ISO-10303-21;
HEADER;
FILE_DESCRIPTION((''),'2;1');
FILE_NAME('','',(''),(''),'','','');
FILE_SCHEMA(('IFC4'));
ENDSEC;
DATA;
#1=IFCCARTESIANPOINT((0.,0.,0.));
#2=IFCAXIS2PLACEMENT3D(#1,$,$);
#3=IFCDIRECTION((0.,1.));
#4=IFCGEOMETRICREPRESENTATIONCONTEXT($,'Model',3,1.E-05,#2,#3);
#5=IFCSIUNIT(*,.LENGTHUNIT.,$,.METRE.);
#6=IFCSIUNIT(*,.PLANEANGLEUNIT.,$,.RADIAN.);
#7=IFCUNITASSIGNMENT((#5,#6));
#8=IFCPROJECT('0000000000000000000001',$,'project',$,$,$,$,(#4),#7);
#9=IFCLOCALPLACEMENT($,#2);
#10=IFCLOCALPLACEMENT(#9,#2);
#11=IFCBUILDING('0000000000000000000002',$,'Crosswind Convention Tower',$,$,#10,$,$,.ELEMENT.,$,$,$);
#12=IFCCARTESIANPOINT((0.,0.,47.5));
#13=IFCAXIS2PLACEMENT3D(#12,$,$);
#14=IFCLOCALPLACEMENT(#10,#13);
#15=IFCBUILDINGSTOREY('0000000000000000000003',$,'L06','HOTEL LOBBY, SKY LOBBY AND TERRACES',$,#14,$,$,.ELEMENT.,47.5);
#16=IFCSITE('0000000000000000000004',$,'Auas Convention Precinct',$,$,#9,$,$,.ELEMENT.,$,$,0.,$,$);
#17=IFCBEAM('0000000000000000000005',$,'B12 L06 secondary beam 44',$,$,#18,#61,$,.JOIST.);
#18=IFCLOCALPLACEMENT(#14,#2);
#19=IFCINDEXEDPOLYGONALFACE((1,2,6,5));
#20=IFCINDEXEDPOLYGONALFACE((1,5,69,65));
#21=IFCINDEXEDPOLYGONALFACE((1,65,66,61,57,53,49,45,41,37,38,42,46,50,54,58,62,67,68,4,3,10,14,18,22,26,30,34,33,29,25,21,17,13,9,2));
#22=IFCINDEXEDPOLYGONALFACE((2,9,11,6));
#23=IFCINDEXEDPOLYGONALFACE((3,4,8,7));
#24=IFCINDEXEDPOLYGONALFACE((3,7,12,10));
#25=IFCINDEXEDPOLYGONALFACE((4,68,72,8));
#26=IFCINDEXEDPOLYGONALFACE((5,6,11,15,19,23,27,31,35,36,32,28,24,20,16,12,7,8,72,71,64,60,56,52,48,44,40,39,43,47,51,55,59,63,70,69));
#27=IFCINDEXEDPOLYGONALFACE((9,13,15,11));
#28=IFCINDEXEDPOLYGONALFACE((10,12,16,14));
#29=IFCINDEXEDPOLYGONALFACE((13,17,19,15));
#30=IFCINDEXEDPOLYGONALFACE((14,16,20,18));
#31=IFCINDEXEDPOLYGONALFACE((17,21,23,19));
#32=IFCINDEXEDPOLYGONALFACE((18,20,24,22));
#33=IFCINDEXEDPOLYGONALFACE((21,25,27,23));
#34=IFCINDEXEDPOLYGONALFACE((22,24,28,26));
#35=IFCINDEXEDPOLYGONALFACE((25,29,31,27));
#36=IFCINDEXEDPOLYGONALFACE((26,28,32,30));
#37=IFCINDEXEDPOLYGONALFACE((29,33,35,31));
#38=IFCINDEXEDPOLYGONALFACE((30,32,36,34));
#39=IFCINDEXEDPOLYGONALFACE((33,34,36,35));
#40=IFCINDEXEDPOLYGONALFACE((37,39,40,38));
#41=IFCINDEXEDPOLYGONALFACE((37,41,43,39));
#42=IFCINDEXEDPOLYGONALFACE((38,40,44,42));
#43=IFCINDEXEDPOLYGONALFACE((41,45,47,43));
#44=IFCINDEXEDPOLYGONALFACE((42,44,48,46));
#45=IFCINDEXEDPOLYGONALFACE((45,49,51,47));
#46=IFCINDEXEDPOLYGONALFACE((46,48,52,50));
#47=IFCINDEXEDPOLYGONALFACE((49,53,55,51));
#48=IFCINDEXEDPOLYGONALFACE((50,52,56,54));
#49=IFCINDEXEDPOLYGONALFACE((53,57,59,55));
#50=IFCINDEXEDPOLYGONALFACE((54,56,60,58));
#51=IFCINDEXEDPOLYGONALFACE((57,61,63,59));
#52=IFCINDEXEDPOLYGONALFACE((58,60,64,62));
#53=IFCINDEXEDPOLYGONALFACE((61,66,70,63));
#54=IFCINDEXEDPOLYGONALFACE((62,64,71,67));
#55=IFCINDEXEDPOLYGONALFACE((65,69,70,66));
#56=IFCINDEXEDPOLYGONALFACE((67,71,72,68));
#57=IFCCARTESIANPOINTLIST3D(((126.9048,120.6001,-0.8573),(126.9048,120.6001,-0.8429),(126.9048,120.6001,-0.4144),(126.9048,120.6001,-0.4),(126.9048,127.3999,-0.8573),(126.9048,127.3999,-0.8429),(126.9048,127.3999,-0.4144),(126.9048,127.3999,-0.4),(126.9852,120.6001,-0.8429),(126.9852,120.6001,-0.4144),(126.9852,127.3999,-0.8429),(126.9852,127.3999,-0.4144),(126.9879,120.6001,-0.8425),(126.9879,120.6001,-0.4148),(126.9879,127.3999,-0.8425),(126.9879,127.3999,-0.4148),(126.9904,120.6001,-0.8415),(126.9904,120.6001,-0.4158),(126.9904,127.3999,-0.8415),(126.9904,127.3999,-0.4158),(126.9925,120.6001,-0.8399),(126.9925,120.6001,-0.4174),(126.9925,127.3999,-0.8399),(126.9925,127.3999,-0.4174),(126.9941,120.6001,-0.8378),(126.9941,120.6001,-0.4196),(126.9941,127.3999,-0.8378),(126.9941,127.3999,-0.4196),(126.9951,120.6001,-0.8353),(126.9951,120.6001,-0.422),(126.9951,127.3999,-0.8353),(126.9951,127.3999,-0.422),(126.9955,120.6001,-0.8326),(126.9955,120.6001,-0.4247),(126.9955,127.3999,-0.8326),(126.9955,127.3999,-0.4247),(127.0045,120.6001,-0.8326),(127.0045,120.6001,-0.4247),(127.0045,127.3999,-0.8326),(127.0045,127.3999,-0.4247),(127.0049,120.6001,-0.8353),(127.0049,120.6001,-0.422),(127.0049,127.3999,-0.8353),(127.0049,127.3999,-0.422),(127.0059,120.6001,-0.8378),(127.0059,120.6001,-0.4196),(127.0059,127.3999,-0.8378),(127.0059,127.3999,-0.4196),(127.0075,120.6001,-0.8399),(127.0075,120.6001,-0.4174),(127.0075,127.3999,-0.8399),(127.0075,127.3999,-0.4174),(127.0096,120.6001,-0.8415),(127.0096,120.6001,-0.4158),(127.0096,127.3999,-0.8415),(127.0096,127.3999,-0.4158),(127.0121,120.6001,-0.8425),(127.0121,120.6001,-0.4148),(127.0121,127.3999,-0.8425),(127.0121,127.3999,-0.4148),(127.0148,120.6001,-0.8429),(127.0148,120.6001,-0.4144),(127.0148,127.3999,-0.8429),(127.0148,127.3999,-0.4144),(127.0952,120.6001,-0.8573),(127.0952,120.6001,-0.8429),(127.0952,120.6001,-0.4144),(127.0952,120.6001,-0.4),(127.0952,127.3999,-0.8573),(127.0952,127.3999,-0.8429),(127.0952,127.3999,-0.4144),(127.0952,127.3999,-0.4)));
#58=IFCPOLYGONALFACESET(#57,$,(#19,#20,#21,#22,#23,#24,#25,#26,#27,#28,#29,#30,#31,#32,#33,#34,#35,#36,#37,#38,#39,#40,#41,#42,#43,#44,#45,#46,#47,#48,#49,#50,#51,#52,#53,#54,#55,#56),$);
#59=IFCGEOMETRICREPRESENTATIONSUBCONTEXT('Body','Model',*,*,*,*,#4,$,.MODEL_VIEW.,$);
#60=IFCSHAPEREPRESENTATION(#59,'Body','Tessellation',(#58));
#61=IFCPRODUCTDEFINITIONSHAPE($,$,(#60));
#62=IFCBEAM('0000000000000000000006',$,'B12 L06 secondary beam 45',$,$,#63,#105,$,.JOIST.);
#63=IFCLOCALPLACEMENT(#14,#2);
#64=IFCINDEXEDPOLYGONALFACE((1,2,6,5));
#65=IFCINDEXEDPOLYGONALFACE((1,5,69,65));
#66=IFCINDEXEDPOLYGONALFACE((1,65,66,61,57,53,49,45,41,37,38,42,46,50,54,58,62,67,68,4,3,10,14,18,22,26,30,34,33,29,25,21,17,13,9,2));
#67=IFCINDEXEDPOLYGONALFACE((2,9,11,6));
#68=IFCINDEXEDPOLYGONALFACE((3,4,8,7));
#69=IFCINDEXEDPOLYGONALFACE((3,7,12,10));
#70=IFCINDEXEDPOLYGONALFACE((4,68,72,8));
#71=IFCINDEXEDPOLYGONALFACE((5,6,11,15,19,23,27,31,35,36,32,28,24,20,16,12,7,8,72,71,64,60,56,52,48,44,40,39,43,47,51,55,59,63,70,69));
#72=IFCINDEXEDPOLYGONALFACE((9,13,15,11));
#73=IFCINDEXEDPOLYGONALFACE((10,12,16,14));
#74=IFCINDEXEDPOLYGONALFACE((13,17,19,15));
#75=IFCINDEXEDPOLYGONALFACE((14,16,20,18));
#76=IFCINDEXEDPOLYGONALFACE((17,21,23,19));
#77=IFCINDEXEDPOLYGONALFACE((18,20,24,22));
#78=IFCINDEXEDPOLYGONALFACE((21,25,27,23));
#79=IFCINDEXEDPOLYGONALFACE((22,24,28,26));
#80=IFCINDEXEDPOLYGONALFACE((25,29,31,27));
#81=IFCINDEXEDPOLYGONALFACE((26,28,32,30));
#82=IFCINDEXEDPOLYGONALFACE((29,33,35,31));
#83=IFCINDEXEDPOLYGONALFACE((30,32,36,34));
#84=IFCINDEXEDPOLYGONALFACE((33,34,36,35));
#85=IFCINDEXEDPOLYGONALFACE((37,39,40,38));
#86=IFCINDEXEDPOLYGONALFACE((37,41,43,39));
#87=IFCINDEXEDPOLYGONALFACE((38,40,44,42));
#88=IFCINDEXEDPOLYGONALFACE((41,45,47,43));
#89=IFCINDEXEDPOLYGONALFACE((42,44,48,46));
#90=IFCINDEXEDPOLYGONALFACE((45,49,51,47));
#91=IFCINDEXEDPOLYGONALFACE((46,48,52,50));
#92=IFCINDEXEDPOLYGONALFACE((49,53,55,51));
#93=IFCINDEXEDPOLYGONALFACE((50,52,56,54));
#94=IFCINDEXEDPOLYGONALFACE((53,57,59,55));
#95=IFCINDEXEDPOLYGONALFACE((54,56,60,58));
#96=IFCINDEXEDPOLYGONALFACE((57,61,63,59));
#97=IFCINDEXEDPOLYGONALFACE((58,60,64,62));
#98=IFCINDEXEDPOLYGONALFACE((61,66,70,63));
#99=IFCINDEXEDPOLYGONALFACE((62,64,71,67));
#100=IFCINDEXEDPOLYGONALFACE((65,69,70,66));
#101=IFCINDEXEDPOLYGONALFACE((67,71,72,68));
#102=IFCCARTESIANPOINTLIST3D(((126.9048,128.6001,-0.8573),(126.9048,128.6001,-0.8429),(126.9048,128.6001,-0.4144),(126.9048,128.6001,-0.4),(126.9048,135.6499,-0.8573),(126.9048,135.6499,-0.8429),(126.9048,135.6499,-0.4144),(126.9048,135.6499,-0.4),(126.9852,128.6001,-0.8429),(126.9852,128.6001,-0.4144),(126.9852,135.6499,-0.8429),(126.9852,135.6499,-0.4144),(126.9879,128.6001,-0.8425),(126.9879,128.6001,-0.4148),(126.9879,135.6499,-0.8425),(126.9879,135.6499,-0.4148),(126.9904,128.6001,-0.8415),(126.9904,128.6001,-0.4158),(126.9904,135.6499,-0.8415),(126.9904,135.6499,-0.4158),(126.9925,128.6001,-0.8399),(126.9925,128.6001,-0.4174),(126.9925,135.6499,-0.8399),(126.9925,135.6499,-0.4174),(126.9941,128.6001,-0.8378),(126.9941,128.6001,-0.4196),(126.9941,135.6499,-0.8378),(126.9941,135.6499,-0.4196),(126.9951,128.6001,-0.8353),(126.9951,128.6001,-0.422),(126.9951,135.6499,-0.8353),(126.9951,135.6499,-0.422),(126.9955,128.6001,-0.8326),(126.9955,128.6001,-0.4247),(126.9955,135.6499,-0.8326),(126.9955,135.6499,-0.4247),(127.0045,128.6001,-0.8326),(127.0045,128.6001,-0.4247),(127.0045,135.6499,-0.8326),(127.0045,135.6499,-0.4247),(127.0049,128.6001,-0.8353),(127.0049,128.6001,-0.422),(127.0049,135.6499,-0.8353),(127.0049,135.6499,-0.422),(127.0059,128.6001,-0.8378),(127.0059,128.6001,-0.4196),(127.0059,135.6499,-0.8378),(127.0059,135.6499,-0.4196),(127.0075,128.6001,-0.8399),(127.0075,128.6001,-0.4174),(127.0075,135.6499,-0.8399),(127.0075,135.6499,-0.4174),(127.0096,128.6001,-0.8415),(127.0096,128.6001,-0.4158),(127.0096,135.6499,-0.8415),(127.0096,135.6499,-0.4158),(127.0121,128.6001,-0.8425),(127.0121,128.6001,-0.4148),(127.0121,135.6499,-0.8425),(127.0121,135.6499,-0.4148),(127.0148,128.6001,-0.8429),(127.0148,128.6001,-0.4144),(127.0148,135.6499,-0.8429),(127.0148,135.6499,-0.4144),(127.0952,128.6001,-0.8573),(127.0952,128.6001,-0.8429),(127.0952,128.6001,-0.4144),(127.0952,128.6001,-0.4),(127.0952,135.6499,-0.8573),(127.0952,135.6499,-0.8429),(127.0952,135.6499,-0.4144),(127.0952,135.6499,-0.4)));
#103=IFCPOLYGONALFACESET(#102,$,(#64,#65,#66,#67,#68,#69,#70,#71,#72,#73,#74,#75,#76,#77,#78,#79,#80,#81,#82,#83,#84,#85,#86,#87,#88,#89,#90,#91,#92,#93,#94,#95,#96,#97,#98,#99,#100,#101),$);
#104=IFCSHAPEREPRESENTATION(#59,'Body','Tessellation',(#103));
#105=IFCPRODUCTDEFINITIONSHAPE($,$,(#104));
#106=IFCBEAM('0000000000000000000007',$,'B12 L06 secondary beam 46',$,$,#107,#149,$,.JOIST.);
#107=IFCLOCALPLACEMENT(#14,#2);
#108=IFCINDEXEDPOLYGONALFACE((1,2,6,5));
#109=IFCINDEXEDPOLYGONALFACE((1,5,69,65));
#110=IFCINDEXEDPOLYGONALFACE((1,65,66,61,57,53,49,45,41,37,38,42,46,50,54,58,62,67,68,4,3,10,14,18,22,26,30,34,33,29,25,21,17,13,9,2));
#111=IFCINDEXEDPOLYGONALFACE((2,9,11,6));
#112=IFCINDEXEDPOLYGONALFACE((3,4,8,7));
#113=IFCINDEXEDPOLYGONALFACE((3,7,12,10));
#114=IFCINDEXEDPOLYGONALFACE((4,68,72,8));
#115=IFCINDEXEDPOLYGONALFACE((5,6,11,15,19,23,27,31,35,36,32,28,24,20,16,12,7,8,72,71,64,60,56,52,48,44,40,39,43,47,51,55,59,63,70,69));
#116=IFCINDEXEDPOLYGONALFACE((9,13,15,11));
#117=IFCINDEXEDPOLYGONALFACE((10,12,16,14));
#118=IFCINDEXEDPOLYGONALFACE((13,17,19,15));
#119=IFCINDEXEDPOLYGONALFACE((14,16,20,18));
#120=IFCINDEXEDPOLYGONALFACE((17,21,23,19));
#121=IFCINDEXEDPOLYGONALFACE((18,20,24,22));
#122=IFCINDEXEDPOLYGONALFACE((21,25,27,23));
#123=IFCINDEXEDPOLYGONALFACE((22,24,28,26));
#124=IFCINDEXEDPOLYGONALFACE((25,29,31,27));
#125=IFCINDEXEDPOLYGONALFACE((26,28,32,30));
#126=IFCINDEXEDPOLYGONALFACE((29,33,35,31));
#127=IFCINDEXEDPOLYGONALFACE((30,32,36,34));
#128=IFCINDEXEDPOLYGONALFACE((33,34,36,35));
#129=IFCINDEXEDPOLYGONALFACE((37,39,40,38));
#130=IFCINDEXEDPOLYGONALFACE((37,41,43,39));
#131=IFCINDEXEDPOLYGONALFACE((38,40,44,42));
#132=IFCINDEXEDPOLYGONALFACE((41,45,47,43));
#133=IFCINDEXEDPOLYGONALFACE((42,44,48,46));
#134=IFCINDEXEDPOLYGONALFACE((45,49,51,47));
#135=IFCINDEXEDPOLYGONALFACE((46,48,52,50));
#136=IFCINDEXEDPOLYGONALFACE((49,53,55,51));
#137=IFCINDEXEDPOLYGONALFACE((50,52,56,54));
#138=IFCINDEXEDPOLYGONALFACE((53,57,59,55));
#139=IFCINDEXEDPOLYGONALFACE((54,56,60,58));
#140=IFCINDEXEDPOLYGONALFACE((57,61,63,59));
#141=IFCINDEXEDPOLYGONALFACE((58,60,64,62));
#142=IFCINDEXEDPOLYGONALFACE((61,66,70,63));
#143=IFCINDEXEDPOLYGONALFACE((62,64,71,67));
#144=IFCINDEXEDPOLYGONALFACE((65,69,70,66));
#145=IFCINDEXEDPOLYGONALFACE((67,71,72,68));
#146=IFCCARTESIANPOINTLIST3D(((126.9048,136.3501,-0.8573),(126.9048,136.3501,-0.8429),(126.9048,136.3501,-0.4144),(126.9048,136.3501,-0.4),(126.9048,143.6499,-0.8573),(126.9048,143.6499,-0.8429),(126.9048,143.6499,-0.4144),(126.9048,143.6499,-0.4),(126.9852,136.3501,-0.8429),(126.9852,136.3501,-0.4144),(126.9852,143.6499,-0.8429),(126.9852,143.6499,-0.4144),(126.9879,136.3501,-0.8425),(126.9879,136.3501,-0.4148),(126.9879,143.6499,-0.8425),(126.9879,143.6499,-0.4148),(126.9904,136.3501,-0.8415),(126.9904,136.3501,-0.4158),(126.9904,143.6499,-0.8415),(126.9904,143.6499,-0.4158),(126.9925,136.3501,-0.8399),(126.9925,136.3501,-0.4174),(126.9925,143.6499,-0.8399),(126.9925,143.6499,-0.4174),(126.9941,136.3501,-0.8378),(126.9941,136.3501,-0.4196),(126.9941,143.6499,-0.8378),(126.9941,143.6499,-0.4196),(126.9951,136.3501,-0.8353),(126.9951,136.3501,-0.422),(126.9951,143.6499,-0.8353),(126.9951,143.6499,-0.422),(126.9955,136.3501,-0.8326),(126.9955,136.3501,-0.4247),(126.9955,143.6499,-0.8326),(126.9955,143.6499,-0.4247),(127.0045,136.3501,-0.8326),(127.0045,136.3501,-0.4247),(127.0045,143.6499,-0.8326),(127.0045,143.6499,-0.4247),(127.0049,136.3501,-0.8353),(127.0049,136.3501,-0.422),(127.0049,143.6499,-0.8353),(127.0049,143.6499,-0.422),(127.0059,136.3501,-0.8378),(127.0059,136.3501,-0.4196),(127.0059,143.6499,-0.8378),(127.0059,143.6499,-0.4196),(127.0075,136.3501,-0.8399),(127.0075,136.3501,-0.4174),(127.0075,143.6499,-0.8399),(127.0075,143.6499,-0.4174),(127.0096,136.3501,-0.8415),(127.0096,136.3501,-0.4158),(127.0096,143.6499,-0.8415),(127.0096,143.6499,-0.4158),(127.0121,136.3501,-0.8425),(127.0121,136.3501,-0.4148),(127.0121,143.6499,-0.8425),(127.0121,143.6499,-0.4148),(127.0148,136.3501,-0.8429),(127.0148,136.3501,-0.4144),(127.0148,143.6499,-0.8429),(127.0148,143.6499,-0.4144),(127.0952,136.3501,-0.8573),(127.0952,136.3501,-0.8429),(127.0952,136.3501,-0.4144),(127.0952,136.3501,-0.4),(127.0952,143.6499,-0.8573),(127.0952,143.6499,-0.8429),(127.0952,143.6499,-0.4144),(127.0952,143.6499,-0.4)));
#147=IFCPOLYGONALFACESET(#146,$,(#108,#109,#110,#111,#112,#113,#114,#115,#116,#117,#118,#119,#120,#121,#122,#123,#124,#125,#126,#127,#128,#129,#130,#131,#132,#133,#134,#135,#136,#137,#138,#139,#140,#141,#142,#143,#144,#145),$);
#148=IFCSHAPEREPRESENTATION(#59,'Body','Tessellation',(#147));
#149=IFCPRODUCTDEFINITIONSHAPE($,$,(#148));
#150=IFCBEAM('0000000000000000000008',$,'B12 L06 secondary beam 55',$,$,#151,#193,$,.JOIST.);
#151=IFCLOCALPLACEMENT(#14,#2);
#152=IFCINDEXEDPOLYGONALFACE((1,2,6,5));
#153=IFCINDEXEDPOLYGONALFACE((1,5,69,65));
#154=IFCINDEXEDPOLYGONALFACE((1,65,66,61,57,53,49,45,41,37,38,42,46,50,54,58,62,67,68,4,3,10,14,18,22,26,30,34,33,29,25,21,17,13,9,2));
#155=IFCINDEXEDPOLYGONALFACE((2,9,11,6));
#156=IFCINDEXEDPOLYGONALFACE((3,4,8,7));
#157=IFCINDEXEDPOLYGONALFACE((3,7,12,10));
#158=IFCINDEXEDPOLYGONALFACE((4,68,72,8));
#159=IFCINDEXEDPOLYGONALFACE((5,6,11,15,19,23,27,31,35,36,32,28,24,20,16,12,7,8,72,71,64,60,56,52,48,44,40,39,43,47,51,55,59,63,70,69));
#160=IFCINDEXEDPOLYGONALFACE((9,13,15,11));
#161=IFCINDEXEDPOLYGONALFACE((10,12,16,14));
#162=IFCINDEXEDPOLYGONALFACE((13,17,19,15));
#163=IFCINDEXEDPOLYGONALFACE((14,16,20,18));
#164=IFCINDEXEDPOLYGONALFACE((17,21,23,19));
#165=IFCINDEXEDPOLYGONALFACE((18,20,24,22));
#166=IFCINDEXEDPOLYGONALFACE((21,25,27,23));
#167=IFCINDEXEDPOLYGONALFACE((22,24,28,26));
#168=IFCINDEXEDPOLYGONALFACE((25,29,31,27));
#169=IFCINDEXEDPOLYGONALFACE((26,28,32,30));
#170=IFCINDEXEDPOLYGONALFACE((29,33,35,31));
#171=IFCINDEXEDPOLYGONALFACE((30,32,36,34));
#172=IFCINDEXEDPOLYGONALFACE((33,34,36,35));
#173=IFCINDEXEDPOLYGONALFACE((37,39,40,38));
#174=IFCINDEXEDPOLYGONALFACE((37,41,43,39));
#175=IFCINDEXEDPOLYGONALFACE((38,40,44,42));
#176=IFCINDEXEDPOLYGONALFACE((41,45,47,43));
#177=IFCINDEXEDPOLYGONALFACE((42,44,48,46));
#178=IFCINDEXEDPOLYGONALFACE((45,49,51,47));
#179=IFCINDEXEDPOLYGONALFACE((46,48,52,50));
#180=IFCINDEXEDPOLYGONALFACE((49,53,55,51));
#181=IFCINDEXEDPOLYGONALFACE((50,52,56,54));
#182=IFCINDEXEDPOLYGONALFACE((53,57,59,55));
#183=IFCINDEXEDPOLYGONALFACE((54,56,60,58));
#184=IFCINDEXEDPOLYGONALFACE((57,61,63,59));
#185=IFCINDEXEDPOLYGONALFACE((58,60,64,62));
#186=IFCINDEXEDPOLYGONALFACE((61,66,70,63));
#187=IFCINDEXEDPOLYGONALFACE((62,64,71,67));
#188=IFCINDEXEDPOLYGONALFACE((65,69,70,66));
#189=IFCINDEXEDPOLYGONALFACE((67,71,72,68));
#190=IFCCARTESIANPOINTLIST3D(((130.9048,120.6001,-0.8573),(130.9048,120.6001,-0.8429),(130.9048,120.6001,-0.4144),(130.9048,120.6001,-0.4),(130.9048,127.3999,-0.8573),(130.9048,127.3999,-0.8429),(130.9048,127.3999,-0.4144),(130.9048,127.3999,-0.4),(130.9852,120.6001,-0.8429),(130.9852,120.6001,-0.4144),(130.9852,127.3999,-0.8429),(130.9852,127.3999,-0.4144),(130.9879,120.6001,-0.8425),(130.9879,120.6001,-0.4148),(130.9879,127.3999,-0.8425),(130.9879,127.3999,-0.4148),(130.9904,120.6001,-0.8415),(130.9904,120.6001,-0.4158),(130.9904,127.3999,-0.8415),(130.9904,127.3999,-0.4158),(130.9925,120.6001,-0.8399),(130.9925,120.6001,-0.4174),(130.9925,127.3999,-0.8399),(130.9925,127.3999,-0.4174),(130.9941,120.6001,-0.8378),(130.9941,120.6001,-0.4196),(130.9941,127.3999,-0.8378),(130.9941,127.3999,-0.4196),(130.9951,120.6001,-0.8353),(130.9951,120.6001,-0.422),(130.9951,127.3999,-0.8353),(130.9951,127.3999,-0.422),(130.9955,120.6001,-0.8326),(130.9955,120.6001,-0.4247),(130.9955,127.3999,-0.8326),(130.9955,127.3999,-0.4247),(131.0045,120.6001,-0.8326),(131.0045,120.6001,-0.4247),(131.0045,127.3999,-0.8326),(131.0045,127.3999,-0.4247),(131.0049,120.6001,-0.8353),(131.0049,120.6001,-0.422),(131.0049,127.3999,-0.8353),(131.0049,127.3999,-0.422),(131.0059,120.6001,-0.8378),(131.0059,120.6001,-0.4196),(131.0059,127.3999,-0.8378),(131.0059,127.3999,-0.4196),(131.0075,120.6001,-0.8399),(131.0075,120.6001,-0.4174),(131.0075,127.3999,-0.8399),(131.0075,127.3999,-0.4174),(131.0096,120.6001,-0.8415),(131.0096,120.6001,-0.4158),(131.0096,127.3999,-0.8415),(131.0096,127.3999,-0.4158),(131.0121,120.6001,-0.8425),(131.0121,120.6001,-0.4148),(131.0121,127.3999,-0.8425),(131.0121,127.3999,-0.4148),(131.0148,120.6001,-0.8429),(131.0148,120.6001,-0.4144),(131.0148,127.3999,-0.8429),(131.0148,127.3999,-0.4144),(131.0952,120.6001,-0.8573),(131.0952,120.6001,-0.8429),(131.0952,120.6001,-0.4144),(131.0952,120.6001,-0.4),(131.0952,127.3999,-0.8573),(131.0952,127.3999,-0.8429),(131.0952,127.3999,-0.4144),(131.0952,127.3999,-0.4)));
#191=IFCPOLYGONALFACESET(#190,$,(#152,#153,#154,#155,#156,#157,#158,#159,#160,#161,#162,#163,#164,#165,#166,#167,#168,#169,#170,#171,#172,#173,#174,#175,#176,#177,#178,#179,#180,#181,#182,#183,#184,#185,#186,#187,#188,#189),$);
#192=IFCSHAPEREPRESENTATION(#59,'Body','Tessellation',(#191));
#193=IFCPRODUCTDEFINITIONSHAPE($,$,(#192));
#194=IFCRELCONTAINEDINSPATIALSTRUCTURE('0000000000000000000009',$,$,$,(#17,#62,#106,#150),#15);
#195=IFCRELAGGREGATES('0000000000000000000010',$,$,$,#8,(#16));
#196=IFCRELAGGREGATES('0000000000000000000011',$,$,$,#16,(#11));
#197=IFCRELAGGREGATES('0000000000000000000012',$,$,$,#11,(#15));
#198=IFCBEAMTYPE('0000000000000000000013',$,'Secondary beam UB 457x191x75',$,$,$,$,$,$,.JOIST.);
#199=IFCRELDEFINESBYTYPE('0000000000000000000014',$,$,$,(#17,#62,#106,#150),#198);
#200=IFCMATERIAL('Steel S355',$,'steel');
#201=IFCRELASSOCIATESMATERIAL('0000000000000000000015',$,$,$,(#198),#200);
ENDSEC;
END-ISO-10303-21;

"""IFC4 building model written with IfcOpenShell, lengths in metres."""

from ifc_helpers import new_model, si_unit, direction, frame, origin, origin_2d, place, context, subcontext, project, spatial, i_section, extrude, material, material_profile, profile_set, type_object, element, save


model = new_model("IFC4")

# Units and contexts
model_context = context("Model", 3, precision=1e-05, world=origin(), true_north=direction((0.0, 1.0)))
body_context = subcontext(model_context, "Body", "Model", "MODEL_VIEW")
ifc_project = project(units=[si_unit("LENGTHUNIT", "METRE"), si_unit("PLANEANGLEUNIT", "RADIAN")], contexts=[model_context])

# Site, building, storey
site_placement = place(None, origin())
site = spatial("IfcSite", under=ifc_project, at=site_placement, Name="Auas Convention Precinct", CompositionType="ELEMENT", RefElevation=0.0)
building_placement = place(site_placement, origin())
building = spatial("IfcBuilding", under=site, at=building_placement, Name="Crosswind Convention Tower", CompositionType="ELEMENT")
storey_placement = place(building_placement, frame((0.0, 0.0, 47.5)))
storey = spatial("IfcBuildingStorey", under=building, at=storey_placement, Name="L06", Description="HOTEL LOBBY, SKY LOBBY AND TERRACES", CompositionType="ELEMENT", Elevation=47.5)

# Beams
ifc_material_1 = material(Name="Steel S355", Category="steel")
ifc_material_profile_1 = material_profile(ifc_material_1, i_section(OverallWidth=0.1904, OverallDepth=0.4573, WebThickness=0.009, FlangeThickness=0.0144, FilletRadius=0.0103, at=origin_2d()), Name="UB 457x191x75")
ifc_profile_set_1 = profile_set([ifc_material_profile_1], Name="Steel S355")
beam_type_1 = type_object("IfcBeamType", Name="Secondary beam UB 457x191x75", PredefinedType="JOIST", material=ifc_profile_set_1)
beam_1_placement = place(storey_placement, frame((127.0, 120.6001, -0.6287), z_axis=(0.0, 1.0, 0.0), x_axis=(-1.0, 0.0, 0.0)))
element("IfcBeam", 1, at=beam_1_placement, inside=storey, type_object=beam_type_1, Name="B12 L06 secondary beam 44", PredefinedType="JOIST", context=body_context, shape_type="SweptSolid", body=[
    extrude(i_section(OverallWidth=0.1904, OverallDepth=0.4573, WebThickness=0.009, FlangeThickness=0.0144, FilletRadius=0.0103, at=origin_2d()), origin(), (0.0, 0.0, 1.0), 6.7998),
])
beam_2_placement = place(storey_placement, frame((127.0, 128.6001, -0.6287), z_axis=(0.0, 1.0, 0.0), x_axis=(-1.0, 0.0, 0.0)))
element("IfcBeam", 2, at=beam_2_placement, inside=storey, type_object=beam_type_1, Name="B12 L06 secondary beam 45", PredefinedType="JOIST", context=body_context, shape_type="SweptSolid", body=[
    extrude(i_section(OverallWidth=0.1904, OverallDepth=0.4573, WebThickness=0.009, FlangeThickness=0.0144, FilletRadius=0.0103, at=origin_2d()), origin(), (0.0, 0.0, 1.0), 7.0498),
])
beam_3_placement = place(storey_placement, frame((127.0, 136.3501, -0.6287), z_axis=(0.0, 1.0, 0.0), x_axis=(-1.0, 0.0, 0.0)))
element("IfcBeam", 3, at=beam_3_placement, inside=storey, type_object=beam_type_1, Name="B12 L06 secondary beam 46", PredefinedType="JOIST", context=body_context, shape_type="SweptSolid", body=[
    extrude(i_section(OverallWidth=0.1904, OverallDepth=0.4573, WebThickness=0.009, FlangeThickness=0.0144, FilletRadius=0.0103, at=origin_2d()), origin(), (0.0, 0.0, 1.0), 7.2998),
])
beam_4_placement = place(storey_placement, frame((131.0, 120.6001, -0.6287), z_axis=(0.0, 1.0, 0.0), x_axis=(-1.0, 0.0, 0.0)))
element("IfcBeam", 4, at=beam_4_placement, inside=storey, type_object=beam_type_1, Name="B12 L06 secondary beam 55", PredefinedType="JOIST", context=body_context, shape_type="SweptSolid", body=[
    extrude(i_section(OverallWidth=0.1904, OverallDepth=0.4573, WebThickness=0.009, FlangeThickness=0.0144, FilletRadius=0.0103, at=origin_2d()), origin(), (0.0, 0.0, 1.0), 6.7998),
])

save(model, "model.ifc")
